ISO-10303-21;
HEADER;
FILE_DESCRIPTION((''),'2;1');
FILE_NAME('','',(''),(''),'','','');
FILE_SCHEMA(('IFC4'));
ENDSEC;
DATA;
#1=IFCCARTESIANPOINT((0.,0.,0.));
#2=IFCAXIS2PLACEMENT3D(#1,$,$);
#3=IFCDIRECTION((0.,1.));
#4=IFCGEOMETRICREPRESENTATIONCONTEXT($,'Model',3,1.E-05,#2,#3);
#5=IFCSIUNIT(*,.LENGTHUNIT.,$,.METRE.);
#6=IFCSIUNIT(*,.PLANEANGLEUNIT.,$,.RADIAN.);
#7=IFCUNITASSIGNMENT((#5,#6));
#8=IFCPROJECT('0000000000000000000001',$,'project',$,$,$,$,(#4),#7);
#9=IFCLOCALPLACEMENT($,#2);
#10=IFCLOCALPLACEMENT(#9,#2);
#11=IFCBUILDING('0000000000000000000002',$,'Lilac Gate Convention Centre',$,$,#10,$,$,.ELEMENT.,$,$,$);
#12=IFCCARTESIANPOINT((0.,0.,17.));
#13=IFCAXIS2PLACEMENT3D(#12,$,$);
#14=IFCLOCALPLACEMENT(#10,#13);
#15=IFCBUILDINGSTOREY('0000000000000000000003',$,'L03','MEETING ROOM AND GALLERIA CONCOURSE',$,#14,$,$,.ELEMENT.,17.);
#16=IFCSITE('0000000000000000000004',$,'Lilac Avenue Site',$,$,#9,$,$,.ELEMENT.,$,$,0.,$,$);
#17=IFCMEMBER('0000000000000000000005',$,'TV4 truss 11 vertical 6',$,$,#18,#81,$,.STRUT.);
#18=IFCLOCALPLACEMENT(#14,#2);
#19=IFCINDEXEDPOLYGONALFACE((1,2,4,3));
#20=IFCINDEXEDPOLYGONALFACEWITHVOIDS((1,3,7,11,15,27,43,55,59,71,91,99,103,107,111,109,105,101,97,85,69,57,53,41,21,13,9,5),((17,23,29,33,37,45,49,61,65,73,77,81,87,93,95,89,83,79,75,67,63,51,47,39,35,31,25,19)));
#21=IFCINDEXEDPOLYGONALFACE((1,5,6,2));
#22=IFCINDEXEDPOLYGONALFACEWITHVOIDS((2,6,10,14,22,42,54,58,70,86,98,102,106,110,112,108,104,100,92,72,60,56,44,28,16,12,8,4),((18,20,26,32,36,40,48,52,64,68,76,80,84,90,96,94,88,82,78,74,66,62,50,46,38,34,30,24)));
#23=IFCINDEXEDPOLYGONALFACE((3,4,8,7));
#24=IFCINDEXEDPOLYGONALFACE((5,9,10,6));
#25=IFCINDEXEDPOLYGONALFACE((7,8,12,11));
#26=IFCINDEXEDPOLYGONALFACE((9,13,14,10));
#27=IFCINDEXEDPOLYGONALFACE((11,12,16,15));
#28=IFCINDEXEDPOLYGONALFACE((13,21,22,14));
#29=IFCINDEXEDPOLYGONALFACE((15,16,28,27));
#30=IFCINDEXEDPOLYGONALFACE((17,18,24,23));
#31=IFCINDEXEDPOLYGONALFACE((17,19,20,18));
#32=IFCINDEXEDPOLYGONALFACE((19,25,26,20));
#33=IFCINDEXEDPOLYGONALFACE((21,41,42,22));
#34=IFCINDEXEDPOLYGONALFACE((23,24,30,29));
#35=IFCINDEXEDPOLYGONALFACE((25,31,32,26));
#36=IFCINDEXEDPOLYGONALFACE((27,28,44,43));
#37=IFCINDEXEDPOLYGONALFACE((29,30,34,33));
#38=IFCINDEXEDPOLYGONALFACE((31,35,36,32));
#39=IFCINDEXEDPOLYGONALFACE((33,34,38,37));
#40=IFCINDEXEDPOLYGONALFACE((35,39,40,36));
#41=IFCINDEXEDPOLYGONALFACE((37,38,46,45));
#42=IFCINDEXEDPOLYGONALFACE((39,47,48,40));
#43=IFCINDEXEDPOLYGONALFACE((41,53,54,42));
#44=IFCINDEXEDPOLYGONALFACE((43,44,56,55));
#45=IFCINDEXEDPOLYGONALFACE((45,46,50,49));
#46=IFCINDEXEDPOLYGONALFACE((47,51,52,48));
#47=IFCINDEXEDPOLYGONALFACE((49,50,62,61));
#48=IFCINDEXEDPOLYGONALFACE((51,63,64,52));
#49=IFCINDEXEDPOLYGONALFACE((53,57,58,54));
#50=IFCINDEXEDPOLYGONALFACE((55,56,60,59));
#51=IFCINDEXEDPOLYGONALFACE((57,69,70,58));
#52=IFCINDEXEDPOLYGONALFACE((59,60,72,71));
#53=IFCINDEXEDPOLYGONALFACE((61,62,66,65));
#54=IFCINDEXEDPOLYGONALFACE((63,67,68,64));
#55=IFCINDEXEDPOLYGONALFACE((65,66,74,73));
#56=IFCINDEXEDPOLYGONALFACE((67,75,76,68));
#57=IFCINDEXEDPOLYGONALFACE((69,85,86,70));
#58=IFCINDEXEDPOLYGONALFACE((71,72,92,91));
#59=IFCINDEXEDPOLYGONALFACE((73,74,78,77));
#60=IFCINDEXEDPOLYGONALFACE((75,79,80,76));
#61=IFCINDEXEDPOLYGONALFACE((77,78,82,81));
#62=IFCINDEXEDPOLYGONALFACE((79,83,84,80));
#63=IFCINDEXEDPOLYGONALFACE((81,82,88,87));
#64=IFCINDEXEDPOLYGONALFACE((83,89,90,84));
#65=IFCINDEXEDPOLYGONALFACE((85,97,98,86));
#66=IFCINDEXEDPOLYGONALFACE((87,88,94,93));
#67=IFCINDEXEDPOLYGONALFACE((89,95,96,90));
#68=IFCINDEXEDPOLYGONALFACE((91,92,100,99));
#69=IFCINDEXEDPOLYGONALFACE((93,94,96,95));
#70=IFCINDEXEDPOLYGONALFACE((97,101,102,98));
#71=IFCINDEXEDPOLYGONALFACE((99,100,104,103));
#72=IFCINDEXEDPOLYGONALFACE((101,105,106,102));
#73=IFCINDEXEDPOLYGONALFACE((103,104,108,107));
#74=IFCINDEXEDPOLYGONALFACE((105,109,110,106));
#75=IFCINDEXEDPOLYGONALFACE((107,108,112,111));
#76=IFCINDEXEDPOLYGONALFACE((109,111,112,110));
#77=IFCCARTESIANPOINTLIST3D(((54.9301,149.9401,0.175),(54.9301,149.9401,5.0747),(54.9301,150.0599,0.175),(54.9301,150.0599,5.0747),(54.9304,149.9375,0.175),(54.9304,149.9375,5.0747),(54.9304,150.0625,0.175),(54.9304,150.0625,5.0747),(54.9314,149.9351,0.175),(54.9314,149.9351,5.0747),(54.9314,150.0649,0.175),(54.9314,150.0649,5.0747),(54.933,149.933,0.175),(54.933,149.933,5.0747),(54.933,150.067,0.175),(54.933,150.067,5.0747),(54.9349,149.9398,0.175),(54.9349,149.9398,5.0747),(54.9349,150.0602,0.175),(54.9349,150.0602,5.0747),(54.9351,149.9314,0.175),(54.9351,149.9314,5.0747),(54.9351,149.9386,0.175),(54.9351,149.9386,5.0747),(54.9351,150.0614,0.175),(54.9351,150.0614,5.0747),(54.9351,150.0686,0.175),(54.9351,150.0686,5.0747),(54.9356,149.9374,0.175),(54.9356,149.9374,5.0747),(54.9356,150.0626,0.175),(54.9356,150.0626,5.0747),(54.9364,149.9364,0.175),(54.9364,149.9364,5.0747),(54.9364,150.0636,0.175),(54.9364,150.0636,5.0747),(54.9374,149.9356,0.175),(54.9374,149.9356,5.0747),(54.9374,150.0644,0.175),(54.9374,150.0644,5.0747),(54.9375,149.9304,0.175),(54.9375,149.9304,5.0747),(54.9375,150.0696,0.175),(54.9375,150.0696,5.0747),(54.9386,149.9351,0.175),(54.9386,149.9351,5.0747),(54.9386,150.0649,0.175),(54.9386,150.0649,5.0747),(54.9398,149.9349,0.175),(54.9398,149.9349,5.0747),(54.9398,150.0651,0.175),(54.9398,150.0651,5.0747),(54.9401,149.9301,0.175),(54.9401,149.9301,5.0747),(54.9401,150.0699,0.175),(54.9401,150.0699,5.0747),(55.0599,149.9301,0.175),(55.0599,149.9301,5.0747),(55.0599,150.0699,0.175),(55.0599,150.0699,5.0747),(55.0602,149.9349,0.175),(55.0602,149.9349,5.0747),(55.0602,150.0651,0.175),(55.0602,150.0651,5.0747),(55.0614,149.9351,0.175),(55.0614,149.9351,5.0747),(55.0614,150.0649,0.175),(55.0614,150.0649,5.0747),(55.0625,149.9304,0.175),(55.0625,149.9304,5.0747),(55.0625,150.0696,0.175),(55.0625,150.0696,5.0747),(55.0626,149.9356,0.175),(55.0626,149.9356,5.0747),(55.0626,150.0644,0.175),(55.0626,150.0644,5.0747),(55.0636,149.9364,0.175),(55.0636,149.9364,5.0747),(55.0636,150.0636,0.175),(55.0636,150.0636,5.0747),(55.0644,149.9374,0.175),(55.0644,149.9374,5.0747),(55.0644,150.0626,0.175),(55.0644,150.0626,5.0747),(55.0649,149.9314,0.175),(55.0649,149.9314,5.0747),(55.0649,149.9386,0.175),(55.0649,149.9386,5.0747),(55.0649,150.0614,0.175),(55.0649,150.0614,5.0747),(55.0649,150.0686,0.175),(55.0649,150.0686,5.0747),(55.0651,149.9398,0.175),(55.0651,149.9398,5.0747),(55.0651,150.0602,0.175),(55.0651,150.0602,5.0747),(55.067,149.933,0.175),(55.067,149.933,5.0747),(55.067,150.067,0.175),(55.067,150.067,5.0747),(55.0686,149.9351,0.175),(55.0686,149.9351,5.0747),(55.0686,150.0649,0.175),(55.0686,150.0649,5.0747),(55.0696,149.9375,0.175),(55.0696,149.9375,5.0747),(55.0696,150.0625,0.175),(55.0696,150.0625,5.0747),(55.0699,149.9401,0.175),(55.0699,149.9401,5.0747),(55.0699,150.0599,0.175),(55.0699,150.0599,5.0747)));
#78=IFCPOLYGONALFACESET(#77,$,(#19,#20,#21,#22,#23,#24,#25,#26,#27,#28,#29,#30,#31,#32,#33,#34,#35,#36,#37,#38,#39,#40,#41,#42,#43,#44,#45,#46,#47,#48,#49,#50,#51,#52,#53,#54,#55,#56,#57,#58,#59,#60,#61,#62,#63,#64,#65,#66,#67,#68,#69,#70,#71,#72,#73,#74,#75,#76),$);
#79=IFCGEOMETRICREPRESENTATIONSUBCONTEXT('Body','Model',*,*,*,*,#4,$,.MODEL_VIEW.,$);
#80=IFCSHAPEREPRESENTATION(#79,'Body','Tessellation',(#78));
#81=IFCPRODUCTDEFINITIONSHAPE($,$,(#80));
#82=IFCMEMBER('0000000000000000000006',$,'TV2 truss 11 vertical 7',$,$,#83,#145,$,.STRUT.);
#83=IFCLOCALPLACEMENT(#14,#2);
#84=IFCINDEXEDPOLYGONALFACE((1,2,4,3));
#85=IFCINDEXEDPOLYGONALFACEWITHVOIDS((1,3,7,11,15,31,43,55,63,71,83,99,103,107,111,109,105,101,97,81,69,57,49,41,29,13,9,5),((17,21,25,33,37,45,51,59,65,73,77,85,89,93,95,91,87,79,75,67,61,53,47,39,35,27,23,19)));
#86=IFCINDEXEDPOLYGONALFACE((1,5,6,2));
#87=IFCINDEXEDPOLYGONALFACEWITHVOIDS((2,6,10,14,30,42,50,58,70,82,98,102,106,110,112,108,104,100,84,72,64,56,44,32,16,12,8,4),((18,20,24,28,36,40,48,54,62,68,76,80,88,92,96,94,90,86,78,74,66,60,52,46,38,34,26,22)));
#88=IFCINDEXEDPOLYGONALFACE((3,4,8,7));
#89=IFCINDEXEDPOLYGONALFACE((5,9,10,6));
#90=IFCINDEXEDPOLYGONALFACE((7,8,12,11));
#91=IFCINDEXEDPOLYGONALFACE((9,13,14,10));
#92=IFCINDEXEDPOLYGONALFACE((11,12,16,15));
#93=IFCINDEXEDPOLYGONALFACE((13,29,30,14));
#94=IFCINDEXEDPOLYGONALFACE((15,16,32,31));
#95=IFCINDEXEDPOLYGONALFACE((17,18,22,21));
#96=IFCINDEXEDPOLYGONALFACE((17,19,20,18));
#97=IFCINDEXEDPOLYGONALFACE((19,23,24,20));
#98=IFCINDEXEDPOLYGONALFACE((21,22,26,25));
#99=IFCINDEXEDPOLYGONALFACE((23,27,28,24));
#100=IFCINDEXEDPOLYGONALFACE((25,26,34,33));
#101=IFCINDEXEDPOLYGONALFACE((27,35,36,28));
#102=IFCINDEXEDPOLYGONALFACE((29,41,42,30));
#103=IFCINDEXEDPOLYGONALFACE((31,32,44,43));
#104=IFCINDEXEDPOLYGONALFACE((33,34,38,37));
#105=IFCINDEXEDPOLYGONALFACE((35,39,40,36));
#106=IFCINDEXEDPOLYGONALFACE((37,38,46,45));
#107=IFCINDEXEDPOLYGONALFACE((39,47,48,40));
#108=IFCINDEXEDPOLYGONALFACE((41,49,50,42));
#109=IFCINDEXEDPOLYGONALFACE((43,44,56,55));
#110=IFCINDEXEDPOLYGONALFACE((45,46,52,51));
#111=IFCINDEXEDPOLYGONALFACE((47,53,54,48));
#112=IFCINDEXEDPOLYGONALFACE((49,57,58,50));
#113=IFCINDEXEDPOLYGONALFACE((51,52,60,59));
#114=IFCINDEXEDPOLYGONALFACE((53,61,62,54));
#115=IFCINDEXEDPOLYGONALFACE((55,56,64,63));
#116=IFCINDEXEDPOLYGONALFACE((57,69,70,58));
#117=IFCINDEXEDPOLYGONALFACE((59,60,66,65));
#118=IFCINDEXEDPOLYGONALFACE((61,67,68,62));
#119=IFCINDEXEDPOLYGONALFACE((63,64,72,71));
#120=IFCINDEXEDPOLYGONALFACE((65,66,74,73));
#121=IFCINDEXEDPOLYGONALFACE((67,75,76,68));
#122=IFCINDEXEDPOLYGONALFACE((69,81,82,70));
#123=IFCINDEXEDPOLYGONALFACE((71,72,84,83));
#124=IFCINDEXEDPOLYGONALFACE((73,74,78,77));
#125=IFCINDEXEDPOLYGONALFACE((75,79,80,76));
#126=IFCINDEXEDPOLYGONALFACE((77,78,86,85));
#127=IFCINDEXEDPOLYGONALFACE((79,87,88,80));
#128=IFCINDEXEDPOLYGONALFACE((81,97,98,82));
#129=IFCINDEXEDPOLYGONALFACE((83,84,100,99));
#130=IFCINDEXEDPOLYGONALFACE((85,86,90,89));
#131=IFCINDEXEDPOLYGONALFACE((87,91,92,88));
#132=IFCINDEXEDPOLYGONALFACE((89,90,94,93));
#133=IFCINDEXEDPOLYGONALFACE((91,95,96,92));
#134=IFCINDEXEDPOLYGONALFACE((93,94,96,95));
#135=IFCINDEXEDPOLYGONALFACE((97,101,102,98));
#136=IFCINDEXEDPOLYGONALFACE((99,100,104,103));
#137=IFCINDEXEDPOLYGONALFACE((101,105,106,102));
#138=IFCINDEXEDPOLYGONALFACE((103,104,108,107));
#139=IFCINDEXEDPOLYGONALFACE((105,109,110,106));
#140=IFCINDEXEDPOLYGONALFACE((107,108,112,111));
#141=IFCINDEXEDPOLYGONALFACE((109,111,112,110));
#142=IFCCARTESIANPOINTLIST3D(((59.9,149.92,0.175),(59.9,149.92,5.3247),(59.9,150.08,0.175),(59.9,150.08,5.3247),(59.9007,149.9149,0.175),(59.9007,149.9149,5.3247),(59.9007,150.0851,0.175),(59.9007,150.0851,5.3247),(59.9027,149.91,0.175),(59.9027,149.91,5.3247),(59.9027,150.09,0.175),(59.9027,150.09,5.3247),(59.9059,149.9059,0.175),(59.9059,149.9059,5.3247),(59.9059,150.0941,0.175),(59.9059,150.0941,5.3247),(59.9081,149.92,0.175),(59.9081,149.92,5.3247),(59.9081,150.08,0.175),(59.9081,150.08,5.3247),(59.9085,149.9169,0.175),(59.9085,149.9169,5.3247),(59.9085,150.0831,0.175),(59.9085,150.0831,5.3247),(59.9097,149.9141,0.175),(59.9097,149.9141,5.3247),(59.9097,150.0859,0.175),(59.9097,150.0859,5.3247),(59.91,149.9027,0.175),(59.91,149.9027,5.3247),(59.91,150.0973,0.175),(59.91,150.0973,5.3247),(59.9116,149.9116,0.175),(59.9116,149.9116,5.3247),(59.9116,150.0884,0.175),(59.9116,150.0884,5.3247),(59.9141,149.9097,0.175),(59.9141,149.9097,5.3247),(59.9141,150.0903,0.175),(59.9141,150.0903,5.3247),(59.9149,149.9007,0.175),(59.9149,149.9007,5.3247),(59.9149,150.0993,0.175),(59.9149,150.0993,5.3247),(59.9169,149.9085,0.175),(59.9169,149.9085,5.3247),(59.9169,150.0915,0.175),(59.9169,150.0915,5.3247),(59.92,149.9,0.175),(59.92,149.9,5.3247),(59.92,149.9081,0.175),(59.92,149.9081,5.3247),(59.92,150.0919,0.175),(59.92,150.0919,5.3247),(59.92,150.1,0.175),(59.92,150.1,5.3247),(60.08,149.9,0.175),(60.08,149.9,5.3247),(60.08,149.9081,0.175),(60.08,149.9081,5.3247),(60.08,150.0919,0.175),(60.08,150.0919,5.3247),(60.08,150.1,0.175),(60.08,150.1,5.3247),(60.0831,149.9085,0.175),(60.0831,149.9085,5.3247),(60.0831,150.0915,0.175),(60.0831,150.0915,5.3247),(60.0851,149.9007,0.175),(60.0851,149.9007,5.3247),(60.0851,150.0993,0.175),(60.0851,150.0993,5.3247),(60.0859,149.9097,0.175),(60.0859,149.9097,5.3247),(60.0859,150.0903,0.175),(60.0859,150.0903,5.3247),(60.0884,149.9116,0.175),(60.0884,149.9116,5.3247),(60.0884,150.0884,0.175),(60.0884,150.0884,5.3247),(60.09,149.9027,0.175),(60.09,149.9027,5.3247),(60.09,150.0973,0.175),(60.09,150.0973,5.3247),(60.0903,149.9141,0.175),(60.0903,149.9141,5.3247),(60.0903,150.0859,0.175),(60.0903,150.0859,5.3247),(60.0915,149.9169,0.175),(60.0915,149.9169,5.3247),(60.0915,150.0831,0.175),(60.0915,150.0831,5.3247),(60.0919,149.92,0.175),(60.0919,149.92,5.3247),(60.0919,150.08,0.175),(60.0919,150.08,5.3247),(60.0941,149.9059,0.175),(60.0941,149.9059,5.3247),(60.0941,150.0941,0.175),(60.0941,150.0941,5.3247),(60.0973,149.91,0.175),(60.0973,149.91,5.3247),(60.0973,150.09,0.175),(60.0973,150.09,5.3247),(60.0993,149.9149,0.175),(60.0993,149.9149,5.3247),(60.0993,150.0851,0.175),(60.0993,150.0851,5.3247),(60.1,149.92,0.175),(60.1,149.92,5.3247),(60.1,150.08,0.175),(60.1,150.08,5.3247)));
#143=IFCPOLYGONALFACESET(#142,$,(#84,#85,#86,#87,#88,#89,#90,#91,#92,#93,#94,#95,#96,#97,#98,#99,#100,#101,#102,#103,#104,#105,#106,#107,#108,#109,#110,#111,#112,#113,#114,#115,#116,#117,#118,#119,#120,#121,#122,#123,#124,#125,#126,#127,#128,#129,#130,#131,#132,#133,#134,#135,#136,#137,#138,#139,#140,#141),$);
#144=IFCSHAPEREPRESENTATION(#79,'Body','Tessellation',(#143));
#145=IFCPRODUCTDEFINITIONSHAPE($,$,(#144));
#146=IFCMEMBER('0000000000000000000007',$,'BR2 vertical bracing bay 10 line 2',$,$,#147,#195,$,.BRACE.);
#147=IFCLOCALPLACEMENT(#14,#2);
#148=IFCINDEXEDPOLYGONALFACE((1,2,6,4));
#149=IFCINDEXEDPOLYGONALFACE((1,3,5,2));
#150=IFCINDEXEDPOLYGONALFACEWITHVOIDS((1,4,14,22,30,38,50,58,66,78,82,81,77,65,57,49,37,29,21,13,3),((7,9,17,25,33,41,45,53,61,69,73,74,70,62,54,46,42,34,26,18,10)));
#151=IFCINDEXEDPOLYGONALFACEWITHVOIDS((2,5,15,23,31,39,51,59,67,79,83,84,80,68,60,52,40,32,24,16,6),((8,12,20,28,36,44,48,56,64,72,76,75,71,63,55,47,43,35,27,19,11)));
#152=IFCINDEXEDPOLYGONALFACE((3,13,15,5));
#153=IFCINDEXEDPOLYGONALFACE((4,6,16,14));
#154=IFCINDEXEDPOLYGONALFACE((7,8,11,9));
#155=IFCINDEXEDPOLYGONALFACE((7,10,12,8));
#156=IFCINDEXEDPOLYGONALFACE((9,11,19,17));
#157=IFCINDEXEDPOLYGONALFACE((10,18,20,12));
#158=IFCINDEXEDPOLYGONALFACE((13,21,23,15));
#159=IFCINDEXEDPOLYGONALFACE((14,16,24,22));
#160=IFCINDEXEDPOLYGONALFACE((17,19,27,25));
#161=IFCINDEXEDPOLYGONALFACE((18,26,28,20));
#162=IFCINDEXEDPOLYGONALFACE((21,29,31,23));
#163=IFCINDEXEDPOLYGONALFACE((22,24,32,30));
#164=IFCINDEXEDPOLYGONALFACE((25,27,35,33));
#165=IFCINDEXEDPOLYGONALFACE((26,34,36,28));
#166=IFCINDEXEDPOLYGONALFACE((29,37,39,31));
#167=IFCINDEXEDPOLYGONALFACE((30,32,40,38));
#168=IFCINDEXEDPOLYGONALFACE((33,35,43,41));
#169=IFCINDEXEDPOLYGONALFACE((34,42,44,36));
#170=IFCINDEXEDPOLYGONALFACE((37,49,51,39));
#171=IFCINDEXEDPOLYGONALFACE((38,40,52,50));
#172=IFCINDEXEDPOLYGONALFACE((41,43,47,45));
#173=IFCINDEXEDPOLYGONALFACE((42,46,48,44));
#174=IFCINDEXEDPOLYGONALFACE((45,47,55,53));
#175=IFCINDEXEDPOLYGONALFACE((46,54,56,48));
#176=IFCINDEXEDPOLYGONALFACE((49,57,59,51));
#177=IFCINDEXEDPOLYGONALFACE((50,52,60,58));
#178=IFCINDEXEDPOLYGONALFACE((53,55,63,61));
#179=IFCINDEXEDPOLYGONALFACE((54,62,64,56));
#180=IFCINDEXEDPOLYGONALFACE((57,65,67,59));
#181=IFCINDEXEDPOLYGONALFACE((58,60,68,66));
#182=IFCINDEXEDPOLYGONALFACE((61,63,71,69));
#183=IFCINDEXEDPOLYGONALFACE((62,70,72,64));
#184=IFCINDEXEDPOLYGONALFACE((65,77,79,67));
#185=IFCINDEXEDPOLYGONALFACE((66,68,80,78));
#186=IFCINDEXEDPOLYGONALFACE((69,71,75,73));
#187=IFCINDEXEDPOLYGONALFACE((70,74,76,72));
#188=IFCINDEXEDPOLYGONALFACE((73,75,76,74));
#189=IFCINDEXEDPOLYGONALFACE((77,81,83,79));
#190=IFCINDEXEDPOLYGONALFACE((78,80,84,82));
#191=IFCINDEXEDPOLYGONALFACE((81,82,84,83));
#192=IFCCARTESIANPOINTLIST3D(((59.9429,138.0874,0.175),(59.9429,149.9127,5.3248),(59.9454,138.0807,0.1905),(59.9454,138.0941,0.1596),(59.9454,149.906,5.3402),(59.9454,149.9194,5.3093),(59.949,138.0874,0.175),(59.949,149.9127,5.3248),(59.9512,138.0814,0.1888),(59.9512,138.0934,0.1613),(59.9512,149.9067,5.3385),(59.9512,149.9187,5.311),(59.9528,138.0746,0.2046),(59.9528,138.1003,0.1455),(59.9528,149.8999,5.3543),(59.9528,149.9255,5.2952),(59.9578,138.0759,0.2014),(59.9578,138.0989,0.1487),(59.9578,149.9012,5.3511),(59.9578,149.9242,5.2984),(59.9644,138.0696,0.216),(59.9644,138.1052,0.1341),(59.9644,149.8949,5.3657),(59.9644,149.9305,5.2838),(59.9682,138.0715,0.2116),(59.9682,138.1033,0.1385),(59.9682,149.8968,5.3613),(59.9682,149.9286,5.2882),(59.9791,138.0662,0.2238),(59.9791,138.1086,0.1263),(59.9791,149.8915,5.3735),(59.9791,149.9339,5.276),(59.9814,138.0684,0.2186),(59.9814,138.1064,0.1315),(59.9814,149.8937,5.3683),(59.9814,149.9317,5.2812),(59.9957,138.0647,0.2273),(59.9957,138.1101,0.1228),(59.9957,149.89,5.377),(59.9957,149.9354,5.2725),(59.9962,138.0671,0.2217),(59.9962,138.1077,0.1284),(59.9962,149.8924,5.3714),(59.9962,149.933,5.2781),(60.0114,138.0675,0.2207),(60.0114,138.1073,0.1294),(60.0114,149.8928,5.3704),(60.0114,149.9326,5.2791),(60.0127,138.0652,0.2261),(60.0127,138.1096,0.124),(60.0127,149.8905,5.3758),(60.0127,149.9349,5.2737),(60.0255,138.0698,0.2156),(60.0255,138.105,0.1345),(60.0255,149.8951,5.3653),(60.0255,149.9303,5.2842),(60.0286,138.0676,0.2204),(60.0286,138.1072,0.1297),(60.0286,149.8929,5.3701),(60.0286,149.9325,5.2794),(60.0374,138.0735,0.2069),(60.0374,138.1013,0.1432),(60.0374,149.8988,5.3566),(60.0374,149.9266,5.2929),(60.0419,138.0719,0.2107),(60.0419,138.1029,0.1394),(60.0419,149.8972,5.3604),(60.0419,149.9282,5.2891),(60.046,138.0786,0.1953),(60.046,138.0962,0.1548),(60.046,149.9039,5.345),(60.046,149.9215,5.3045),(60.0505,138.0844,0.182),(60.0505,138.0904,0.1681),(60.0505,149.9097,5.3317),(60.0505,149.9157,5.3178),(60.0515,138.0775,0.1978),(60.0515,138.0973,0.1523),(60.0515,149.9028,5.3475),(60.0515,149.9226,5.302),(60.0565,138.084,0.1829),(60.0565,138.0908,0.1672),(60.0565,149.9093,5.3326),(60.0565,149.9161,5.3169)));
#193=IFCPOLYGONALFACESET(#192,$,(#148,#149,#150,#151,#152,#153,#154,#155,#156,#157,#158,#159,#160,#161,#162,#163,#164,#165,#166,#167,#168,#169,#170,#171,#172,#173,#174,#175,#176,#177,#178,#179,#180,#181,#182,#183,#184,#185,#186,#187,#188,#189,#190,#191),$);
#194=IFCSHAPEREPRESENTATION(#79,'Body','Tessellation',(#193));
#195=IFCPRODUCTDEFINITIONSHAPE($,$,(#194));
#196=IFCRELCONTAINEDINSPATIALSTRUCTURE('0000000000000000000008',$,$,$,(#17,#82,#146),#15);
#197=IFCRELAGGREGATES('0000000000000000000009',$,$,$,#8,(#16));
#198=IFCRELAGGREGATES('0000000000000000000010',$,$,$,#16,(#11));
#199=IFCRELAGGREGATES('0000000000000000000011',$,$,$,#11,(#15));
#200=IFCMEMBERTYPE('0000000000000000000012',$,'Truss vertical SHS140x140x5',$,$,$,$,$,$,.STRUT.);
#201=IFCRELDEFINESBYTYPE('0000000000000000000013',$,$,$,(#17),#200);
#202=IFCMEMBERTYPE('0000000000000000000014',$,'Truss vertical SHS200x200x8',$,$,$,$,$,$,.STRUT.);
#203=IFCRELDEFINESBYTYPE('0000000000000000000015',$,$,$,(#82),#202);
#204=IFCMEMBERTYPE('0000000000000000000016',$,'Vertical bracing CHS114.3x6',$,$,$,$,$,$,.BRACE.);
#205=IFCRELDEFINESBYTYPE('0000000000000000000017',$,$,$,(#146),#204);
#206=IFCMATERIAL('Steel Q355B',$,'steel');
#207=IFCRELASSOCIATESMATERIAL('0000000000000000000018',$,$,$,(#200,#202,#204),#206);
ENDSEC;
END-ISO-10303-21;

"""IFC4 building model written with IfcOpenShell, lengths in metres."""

from ifc_helpers import new_model, si_unit, direction, frame, origin, origin_2d, place, context, subcontext, project, spatial, hollow_rectangle, hollow_circle, extrude, material, material_profile, profile_set, type_object, element, save


model = new_model("IFC4")

# Units and contexts
model_context = context("Model", 3, precision=1e-05, world=origin(), true_north=direction((0.0, 1.0)))
body_context = subcontext(model_context, "Body", "Model", "MODEL_VIEW")
ifc_project = project(units=[si_unit("LENGTHUNIT", "METRE"), si_unit("PLANEANGLEUNIT", "RADIAN")], contexts=[model_context])

# Site, building, storey
site_placement = place(None, origin())
site = spatial("IfcSite", under=ifc_project, at=site_placement, Name="Lilac Avenue Site", CompositionType="ELEMENT", RefElevation=0.0)
building_placement = place(site_placement, origin())
building = spatial("IfcBuilding", under=site, at=building_placement, Name="Lilac Gate Convention Centre", CompositionType="ELEMENT")
storey_placement = place(building_placement, frame((0.0, 0.0, 17.0)))
storey = spatial("IfcBuildingStorey", under=building, at=storey_placement, Name="L03", Description="MEETING ROOM AND GALLERIA CONCOURSE", CompositionType="ELEMENT", Elevation=17.0)

# Members
ifc_material = material(Name="Steel Q355B", Category="steel")
ifc_material_profile_1 = material_profile(ifc_material, hollow_rectangle(XDim=0.1399, YDim=0.1399, WallThickness=0.0049, InnerFilletRadius=0.0049, OuterFilletRadius=0.01, at=origin_2d()), Name="SHS140x140x5")
ifc_profile_set_1 = profile_set([ifc_material_profile_1], Name="Steel Q355B")
member_type_1 = type_object("IfcMemberType", Name="Truss vertical SHS140x140x5", PredefinedType="STRUT", material=ifc_profile_set_1)
member_1_placement = place(storey_placement, frame((55.0, 150.0, 0.175), z_axis=(0.0, 0.0, 1.0), x_axis=(1.0, 0.0, 0.0)))
element("IfcMember", 1, at=member_1_placement, inside=storey, type_object=member_type_1, Name="TV4 truss 11 vertical 6", PredefinedType="STRUT", context=body_context, shape_type="SweptSolid", body=[
    extrude(hollow_rectangle(XDim=0.1399, YDim=0.1399, WallThickness=0.0049, InnerFilletRadius=0.0049, OuterFilletRadius=0.01, at=origin_2d()), origin(), (0.0, 0.0, 1.0), 4.8997),
])
ifc_material_profile_2 = material_profile(ifc_material, hollow_rectangle(XDim=0.2, YDim=0.2, WallThickness=0.0081, InnerFilletRadius=0.012, OuterFilletRadius=0.02, at=origin_2d()), Name="SHS200x200x8")
ifc_profile_set_2 = profile_set([ifc_material_profile_2], Name="Steel Q355B")
member_type_2 = type_object("IfcMemberType", Name="Truss vertical SHS200x200x8", PredefinedType="STRUT", material=ifc_profile_set_2)
member_2_placement = place(storey_placement, frame((60.0, 150.0, 0.175), z_axis=(0.0, 0.0, 1.0), x_axis=(1.0, 0.0, 0.0)))
element("IfcMember", 2, at=member_2_placement, inside=storey, type_object=member_type_2, Name="TV2 truss 11 vertical 7", PredefinedType="STRUT", context=body_context, shape_type="SweptSolid", body=[
    extrude(hollow_rectangle(XDim=0.2, YDim=0.2, WallThickness=0.0081, InnerFilletRadius=0.012, OuterFilletRadius=0.02, at=origin_2d()), origin(), (0.0, 0.0, 1.0), 5.1497),
])
ifc_material_profile_3 = material_profile(ifc_material, hollow_circle(Radius=0.0571, WallThickness=0.0061, at=origin_2d()), Name="CHS114.3x6")
ifc_profile_set_3 = profile_set([ifc_material_profile_3], Name="Steel Q355B")
member_type_3 = type_object("IfcMemberType", Name="Vertical bracing CHS114.3x6", PredefinedType="BRACE", material=ifc_profile_set_3)
member_3_placement = place(storey_placement, frame((60.0, 138.0874, 0.175), z_axis=(0.0, 0.916835, 0.399265), x_axis=(-1.0, 0.0, 0.0)))
element("IfcMember", 3, at=member_3_placement, inside=storey, type_object=member_type_3, Name="BR2 vertical bracing bay 10 line 2", PredefinedType="BRACE", context=body_context, shape_type="SweptSolid", body=[
    extrude(hollow_circle(Radius=0.0571, WallThickness=0.0061, at=origin_2d()), origin(), (0.0, 0.0, 1.0), 12.8979),
])

save(model, "model.ifc")
